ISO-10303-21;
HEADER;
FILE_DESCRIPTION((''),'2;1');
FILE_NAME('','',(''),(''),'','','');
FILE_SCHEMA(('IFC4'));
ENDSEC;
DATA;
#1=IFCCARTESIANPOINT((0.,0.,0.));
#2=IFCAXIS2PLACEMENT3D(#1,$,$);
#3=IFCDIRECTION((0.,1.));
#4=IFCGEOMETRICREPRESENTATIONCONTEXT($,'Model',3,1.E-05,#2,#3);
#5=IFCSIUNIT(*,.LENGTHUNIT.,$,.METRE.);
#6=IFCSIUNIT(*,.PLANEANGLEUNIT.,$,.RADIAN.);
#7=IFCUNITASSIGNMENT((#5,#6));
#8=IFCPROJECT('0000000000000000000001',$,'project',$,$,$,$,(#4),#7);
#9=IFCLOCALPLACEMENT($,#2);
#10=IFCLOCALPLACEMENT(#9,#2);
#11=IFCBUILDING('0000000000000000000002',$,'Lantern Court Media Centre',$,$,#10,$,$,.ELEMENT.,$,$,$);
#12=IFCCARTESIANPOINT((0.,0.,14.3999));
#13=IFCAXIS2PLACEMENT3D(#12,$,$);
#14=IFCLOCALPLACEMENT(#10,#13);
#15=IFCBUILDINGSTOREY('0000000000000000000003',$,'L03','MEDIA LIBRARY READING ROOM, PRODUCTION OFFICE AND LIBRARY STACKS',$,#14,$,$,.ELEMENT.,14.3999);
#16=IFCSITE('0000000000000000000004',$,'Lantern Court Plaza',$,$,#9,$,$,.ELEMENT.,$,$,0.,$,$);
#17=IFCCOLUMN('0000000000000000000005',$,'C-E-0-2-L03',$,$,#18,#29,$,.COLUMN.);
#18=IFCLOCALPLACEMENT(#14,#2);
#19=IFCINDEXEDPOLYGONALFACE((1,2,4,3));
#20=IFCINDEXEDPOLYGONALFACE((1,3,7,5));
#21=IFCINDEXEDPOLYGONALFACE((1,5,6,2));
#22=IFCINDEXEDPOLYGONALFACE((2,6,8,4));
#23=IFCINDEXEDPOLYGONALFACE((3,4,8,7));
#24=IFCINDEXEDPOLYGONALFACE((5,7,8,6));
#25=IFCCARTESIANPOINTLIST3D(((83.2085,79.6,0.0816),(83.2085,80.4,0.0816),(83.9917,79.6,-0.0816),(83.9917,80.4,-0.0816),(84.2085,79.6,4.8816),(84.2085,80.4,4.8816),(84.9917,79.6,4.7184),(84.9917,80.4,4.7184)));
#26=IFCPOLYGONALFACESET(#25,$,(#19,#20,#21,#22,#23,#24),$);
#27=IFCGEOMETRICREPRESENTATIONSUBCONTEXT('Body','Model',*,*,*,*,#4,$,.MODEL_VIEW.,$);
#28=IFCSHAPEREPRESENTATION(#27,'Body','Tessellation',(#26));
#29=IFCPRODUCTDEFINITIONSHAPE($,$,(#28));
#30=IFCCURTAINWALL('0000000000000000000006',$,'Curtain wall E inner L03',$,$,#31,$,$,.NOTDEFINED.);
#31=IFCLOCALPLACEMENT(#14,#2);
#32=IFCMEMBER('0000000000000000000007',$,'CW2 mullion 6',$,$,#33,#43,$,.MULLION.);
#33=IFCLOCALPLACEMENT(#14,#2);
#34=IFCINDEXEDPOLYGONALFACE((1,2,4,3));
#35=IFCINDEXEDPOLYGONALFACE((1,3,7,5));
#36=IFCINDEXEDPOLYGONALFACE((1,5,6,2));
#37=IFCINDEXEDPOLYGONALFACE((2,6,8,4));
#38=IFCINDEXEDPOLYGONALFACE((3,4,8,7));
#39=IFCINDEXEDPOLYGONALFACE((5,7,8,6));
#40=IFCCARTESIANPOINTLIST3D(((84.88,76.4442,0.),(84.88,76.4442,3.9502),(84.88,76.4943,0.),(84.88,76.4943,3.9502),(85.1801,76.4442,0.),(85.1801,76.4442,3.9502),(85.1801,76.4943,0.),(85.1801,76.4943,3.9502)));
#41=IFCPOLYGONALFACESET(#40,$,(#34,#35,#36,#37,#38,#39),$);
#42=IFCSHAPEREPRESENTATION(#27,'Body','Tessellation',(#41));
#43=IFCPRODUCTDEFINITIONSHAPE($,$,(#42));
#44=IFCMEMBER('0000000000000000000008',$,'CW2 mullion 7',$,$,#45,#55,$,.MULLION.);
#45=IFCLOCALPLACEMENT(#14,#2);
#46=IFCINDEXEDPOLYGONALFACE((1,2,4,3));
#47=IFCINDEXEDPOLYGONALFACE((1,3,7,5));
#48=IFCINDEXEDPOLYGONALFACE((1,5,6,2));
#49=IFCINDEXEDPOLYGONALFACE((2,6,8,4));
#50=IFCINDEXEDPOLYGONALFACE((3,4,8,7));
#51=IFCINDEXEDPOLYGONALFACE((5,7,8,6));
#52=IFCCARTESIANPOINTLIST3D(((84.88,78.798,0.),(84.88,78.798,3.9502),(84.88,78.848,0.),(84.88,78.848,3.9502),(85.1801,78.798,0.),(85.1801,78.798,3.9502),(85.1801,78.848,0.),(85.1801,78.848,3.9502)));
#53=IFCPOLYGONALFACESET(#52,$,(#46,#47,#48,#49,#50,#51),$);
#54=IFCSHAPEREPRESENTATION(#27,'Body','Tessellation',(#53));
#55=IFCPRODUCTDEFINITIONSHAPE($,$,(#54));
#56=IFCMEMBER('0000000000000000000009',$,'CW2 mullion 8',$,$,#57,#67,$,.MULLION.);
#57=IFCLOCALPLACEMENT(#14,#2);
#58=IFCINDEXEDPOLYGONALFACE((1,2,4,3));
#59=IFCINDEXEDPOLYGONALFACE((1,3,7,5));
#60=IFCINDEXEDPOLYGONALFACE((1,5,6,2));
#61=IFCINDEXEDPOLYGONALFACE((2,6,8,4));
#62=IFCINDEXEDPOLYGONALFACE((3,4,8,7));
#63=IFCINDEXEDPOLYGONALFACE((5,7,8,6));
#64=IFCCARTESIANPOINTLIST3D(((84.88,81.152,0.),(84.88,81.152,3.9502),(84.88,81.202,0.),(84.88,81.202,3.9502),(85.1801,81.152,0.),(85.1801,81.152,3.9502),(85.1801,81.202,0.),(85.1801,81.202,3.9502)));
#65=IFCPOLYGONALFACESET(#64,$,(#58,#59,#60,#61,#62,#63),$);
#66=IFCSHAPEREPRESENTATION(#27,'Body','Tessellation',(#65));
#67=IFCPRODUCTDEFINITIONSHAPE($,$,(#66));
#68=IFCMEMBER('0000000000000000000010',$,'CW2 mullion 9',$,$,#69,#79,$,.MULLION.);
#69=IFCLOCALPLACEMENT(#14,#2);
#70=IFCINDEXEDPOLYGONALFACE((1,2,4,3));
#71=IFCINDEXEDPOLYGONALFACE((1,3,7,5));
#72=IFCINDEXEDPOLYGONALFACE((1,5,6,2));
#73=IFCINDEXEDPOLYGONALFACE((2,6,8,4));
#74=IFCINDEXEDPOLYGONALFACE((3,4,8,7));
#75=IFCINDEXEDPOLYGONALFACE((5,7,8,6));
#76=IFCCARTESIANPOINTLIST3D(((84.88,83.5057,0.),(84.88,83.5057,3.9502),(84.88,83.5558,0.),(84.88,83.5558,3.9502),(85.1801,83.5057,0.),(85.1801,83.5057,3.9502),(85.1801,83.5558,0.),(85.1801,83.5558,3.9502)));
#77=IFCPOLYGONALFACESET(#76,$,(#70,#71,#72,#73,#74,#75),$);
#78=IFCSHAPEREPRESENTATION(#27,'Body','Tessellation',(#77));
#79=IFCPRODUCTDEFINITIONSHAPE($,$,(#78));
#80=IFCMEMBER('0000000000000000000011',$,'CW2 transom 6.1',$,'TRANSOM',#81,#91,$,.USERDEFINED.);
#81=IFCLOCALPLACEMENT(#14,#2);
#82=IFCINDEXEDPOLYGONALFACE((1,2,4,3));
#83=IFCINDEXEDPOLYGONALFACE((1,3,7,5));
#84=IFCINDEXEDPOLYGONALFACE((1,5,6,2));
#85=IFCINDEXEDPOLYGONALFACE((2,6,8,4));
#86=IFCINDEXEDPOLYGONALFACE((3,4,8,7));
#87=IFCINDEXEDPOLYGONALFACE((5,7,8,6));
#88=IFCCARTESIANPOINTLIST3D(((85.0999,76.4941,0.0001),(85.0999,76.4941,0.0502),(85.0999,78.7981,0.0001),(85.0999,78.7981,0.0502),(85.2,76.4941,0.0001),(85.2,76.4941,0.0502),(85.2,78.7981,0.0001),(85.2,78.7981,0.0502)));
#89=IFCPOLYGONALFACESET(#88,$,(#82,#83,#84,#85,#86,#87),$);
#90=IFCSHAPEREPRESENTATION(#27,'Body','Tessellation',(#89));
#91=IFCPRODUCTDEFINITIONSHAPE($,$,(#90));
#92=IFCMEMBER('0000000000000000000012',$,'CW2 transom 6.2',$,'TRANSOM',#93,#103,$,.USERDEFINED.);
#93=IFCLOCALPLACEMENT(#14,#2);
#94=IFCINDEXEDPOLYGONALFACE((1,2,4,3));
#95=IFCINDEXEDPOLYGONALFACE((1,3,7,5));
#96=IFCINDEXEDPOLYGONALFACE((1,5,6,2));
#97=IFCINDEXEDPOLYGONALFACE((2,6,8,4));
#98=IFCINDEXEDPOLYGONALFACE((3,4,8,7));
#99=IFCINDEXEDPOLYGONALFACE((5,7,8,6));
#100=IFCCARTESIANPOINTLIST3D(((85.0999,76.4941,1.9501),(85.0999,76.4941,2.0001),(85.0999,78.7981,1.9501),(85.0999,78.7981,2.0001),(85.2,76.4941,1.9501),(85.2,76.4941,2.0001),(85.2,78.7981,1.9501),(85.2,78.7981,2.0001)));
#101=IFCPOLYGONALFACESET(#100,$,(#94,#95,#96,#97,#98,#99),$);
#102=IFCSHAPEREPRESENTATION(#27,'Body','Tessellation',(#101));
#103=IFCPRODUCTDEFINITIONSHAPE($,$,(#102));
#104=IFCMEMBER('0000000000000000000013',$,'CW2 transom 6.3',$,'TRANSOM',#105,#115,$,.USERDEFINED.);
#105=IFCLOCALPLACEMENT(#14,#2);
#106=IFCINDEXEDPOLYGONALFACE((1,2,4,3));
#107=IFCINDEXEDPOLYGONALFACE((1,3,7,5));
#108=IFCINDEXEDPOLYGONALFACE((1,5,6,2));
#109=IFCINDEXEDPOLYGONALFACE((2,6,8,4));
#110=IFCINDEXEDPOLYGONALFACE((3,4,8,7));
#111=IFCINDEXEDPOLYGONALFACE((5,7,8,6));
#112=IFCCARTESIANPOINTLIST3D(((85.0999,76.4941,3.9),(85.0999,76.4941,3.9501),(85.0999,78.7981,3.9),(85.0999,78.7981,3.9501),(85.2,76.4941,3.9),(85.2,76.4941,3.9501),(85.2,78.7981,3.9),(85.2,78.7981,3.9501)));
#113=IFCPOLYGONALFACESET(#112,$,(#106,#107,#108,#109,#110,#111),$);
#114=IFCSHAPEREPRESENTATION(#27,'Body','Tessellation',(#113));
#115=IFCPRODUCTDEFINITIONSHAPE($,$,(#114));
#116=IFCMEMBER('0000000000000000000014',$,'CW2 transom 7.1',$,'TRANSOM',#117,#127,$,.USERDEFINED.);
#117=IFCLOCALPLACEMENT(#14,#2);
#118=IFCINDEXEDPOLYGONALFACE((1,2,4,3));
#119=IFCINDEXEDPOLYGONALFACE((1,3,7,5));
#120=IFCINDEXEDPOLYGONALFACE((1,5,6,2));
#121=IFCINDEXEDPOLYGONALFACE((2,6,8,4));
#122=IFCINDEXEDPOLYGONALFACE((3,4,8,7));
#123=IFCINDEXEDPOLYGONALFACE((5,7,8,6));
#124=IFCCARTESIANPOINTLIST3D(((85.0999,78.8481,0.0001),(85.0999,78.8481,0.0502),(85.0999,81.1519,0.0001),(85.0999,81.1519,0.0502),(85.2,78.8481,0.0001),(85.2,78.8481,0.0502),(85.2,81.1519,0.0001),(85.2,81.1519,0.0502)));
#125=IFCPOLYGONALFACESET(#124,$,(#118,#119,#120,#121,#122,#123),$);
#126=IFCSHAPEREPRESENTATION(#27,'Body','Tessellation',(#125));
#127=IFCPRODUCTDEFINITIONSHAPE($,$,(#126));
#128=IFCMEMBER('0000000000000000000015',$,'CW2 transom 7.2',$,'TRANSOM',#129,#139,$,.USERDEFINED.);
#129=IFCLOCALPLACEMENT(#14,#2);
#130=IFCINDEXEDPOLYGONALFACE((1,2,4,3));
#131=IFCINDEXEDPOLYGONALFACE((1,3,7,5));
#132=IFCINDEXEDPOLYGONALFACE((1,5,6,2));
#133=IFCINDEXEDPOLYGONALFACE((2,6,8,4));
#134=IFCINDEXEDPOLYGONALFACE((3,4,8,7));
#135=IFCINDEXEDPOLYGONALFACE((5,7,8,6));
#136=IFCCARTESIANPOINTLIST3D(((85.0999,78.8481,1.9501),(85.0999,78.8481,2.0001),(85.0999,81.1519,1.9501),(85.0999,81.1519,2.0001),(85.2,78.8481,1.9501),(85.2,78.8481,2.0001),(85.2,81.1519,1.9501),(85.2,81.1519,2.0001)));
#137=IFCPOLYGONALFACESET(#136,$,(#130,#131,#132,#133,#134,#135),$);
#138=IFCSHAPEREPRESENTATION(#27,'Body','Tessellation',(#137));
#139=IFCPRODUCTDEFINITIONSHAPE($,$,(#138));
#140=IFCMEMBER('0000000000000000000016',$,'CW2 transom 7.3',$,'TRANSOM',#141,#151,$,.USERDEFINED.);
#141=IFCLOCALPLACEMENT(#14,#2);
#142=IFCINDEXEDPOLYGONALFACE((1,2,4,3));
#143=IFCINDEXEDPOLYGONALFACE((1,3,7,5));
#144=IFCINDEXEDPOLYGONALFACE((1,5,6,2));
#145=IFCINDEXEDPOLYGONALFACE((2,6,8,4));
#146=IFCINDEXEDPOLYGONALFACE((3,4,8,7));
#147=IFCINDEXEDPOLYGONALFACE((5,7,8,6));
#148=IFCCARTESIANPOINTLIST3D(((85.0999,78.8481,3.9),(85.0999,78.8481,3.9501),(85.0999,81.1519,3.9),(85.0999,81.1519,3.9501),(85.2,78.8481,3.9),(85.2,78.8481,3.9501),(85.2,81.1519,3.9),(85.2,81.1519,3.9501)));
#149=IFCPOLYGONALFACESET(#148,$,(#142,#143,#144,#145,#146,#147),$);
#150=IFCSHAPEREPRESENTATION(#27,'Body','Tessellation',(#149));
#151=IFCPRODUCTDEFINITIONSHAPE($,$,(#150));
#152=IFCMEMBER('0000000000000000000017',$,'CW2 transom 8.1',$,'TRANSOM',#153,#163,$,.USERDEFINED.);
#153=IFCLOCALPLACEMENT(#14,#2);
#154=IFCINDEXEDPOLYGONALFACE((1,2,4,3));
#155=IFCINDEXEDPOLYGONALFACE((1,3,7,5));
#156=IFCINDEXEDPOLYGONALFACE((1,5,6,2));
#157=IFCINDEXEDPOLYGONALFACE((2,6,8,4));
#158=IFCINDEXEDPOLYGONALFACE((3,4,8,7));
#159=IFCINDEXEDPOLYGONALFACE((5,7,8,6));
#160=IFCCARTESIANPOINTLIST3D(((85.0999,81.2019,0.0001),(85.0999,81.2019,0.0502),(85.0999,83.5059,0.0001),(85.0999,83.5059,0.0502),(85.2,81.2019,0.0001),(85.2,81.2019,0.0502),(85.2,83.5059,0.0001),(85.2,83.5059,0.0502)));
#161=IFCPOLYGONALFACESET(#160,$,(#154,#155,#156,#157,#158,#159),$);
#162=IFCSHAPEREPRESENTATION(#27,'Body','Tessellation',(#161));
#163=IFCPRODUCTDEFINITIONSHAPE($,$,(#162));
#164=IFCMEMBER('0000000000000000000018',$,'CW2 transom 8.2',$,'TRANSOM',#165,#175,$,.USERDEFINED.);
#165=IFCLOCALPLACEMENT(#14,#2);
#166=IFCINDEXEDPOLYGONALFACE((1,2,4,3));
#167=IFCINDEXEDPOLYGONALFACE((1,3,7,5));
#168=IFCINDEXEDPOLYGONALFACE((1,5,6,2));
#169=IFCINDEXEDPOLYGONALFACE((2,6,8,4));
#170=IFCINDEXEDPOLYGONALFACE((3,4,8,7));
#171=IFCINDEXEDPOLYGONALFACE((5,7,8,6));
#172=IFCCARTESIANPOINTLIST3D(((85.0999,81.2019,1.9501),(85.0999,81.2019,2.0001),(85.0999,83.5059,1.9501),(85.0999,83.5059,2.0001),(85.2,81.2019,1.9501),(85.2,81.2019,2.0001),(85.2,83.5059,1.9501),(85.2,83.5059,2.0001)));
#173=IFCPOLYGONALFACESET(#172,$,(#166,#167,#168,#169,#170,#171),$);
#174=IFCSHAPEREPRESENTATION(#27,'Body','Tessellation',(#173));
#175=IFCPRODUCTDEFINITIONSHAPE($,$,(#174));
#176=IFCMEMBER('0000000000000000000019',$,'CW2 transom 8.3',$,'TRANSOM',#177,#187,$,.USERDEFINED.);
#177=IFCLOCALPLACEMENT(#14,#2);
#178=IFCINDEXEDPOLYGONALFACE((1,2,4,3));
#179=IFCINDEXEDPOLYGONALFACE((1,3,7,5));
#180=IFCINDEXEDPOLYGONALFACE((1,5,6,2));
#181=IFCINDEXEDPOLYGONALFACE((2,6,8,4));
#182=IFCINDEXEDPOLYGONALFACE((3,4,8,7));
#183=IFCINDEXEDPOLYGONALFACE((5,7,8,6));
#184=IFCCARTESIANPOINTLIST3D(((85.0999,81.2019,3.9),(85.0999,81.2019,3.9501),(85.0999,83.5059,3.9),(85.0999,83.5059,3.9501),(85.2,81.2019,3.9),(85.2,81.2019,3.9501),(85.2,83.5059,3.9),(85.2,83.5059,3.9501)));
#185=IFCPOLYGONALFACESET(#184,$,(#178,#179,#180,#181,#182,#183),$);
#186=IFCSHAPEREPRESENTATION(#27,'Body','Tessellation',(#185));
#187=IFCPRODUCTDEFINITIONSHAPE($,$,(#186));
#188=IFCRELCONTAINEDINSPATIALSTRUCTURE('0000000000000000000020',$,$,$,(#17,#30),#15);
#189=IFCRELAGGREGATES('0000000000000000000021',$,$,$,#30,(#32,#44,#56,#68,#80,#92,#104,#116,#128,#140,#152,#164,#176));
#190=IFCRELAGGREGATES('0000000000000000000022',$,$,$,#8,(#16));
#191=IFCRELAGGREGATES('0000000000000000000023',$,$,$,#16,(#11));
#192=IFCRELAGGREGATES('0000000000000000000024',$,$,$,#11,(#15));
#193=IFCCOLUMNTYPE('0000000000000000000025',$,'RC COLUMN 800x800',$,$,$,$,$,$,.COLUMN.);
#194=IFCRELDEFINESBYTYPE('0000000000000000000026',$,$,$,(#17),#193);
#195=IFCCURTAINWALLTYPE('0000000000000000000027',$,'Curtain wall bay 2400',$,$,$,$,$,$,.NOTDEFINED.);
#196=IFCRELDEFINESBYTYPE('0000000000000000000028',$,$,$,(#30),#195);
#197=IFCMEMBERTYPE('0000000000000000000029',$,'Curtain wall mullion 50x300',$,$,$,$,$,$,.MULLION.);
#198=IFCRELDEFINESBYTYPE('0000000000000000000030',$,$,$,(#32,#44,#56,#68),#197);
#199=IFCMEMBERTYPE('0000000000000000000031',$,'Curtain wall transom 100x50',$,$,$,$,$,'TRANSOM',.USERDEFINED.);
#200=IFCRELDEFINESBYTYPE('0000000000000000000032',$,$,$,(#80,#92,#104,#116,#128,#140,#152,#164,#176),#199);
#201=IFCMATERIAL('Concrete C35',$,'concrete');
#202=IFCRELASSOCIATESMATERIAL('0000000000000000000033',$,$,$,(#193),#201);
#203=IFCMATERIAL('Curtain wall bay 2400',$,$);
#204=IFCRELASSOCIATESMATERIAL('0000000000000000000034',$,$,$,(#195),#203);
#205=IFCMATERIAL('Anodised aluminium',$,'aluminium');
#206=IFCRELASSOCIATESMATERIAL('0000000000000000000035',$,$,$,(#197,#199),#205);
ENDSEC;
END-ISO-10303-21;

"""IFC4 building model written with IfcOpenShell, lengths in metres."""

from ifc_helpers import new_model, si_unit, direction, frame, origin, origin_2d, place, context, subcontext, project, spatial, rectangle, extrude, material, material_profile, profile_set, type_object, element, aggregate, save


model = new_model("IFC4")

# Units and contexts
model_context = context("Model", 3, precision=1e-05, world=origin(), true_north=direction((0.0, 1.0)))
body_context = subcontext(model_context, "Body", "Model", "MODEL_VIEW")
ifc_project = project(units=[si_unit("LENGTHUNIT", "METRE"), si_unit("PLANEANGLEUNIT", "RADIAN")], contexts=[model_context])

# Site, building, storey
site_placement = place(None, origin())
site = spatial("IfcSite", under=ifc_project, at=site_placement, Name="Lantern Court Plaza", CompositionType="ELEMENT", RefElevation=0.0)
building_placement = place(site_placement, origin())
building = spatial("IfcBuilding", under=site, at=building_placement, Name="Lantern Court Media Centre", CompositionType="ELEMENT")
storey_placement = place(building_placement, frame((0.0, 0.0, 14.3999)))
storey = spatial("IfcBuildingStorey", under=building, at=storey_placement, Name="L03", Description="MEDIA LIBRARY READING ROOM, PRODUCTION OFFICE AND LIBRARY STACKS", CompositionType="ELEMENT", Elevation=14.3999)

# Column
ifc_material_1 = material(Name="Concrete C35", Category="concrete")
ifc_material_profile_1 = material_profile(ifc_material_1, rectangle(XDim=0.8, YDim=0.8, at=origin_2d()), Name="RC 800x800")
ifc_profile_set_1 = profile_set([ifc_material_profile_1], Name="Concrete C35")
column_type = type_object("IfcColumnType", Name="RC COLUMN 800x800", PredefinedType="COLUMN", material=ifc_profile_set_1)
column_placement = place(storey_placement, frame((83.6001, 80.0, 0.0), z_axis=(0.203952, 0.0, 0.978981), x_axis=(0.0, 1.0, 0.0)))
element("IfcColumn", 1, at=column_placement, inside=storey, type_object=column_type, Name="C-E-0-2-L03", PredefinedType="COLUMN", context=body_context, shape_type="SweptSolid", body=[
    extrude(rectangle(XDim=0.8, YDim=0.8, at=origin_2d()), origin(), (0.0, 0.0, 1.0), 4.9031),
])

# Curtain wall, members
ifc_material_2 = material(Name="Curtain wall bay 2400")
curtain_wall_type = type_object("IfcCurtainWallType", Name="Curtain wall bay 2400", PredefinedType="NOTDEFINED", material=ifc_material_2)
curtain_wall_placement = place(storey_placement, origin())
curtain_wall = element("IfcCurtainWall", 2, at=curtain_wall_placement, inside=storey, type_object=curtain_wall_type, Name="Curtain wall E inner L03", PredefinedType="NOTDEFINED")
ifc_material_3 = material(Name="Anodised aluminium", Category="aluminium")
ifc_material_profile_2 = material_profile(ifc_material_3, rectangle(XDim=0.3, YDim=0.05, at=origin_2d()), Name="AL 50x300")
ifc_profile_set_2 = profile_set([ifc_material_profile_2], Name="Anodised aluminium")
member_type_1 = type_object("IfcMemberType", Name="Curtain wall mullion 50x300", PredefinedType="MULLION", material=ifc_profile_set_2)
member_1_placement = place(storey_placement, frame((85.03, 76.4692, 0.0), z_axis=(0.0, 0.0, 1.0), x_axis=(-1.0, 0.0, 0.0)))
member_1 = element("IfcMember", 3, at=member_1_placement, type_object=member_type_1, Name="CW2 mullion 6", PredefinedType="MULLION", context=body_context, shape_type="SweptSolid", body=[
    extrude(rectangle(XDim=0.3, YDim=0.05, at=origin_2d()), origin(), (0.0, 0.0, 1.0), 3.9502),
])
member_2_placement = place(storey_placement, frame((85.03, 78.823, 0.0), z_axis=(0.0, 0.0, 1.0), x_axis=(-1.0, 0.0, 0.0)))
member_2 = element("IfcMember", 4, at=member_2_placement, type_object=member_type_1, Name="CW2 mullion 7", PredefinedType="MULLION", context=body_context, shape_type="SweptSolid", body=[
    extrude(rectangle(XDim=0.3, YDim=0.05, at=origin_2d()), origin(), (0.0, 0.0, 1.0), 3.9502),
])
member_3_placement = place(storey_placement, frame((85.03, 81.177, 0.0), z_axis=(0.0, 0.0, 1.0), x_axis=(-1.0, 0.0, 0.0)))
member_3 = element("IfcMember", 5, at=member_3_placement, type_object=member_type_1, Name="CW2 mullion 8", PredefinedType="MULLION", context=body_context, shape_type="SweptSolid", body=[
    extrude(rectangle(XDim=0.3, YDim=0.05, at=origin_2d()), origin(), (0.0, 0.0, 1.0), 3.9502),
])
member_4_placement = place(storey_placement, frame((85.03, 83.5308, 0.0), z_axis=(0.0, 0.0, 1.0), x_axis=(-1.0, 0.0, 0.0)))
member_4 = element("IfcMember", 6, at=member_4_placement, type_object=member_type_1, Name="CW2 mullion 9", PredefinedType="MULLION", context=body_context, shape_type="SweptSolid", body=[
    extrude(rectangle(XDim=0.3, YDim=0.05, at=origin_2d()), origin(), (0.0, 0.0, 1.0), 3.9502),
])
ifc_material_profile_3 = material_profile(ifc_material_3, rectangle(XDim=0.1001, YDim=0.05, at=origin_2d()), Name="AL 50x100")
ifc_profile_set_3 = profile_set([ifc_material_profile_3], Name="Anodised aluminium")
member_type_2 = type_object("IfcMemberType", Name="Curtain wall transom 100x50", ElementType="TRANSOM", PredefinedType="USERDEFINED", material=ifc_profile_set_3)
member_5_placement = place(storey_placement, frame((85.1499, 76.4941, 0.0251), z_axis=(0.0, 1.0, 0.0), x_axis=(-1.0, 0.0, 0.0)))
member_5 = element("IfcMember", 7, at=member_5_placement, type_object=member_type_2, Name="CW2 transom 6.1", ObjectType="TRANSOM", PredefinedType="USERDEFINED", context=body_context, shape_type="SweptSolid", body=[
    extrude(rectangle(XDim=0.1001, YDim=0.05, at=origin_2d()), origin(), (0.0, 0.0, 1.0), 2.304),
])
member_6_placement = place(storey_placement, frame((85.1499, 76.4941, 1.9751), z_axis=(0.0, 1.0, 0.0), x_axis=(-1.0, 0.0, 0.0)))
member_6 = element("IfcMember", 8, at=member_6_placement, type_object=member_type_2, Name="CW2 transom 6.2", ObjectType="TRANSOM", PredefinedType="USERDEFINED", context=body_context, shape_type="SweptSolid", body=[
    extrude(rectangle(XDim=0.1001, YDim=0.05, at=origin_2d()), origin(), (0.0, 0.0, 1.0), 2.304),
])
member_7_placement = place(storey_placement, frame((85.1499, 76.4941, 3.925), z_axis=(0.0, 1.0, 0.0), x_axis=(-1.0, 0.0, 0.0)))
member_7 = element("IfcMember", 9, at=member_7_placement, type_object=member_type_2, Name="CW2 transom 6.3", ObjectType="TRANSOM", PredefinedType="USERDEFINED", context=body_context, shape_type="SweptSolid", body=[
    extrude(rectangle(XDim=0.1001, YDim=0.05, at=origin_2d()), origin(), (0.0, 0.0, 1.0), 2.304),
])
member_8_placement = place(storey_placement, frame((85.1499, 78.8481, 0.0251), z_axis=(0.0, 1.0, 0.0), x_axis=(-1.0, 0.0, 0.0)))
member_8 = element("IfcMember", 10, at=member_8_placement, type_object=member_type_2, Name="CW2 transom 7.1", ObjectType="TRANSOM", PredefinedType="USERDEFINED", context=body_context, shape_type="SweptSolid", body=[
    extrude(rectangle(XDim=0.1001, YDim=0.05, at=origin_2d()), origin(), (0.0, 0.0, 1.0), 2.3037),
])
member_9_placement = place(storey_placement, frame((85.1499, 78.8481, 1.9751), z_axis=(0.0, 1.0, 0.0), x_axis=(-1.0, 0.0, 0.0)))
member_9 = element("IfcMember", 11, at=member_9_placement, type_object=member_type_2, Name="CW2 transom 7.2", ObjectType="TRANSOM", PredefinedType="USERDEFINED", context=body_context, shape_type="SweptSolid", body=[
    extrude(rectangle(XDim=0.1001, YDim=0.05, at=origin_2d()), origin(), (0.0, 0.0, 1.0), 2.3037),
])
member_10_placement = place(storey_placement, frame((85.1499, 78.8481, 3.925), z_axis=(0.0, 1.0, 0.0), x_axis=(-1.0, 0.0, 0.0)))
member_10 = element("IfcMember", 12, at=member_10_placement, type_object=member_type_2, Name="CW2 transom 7.3", ObjectType="TRANSOM", PredefinedType="USERDEFINED", context=body_context, shape_type="SweptSolid", body=[
    extrude(rectangle(XDim=0.1001, YDim=0.05, at=origin_2d()), origin(), (0.0, 0.0, 1.0), 2.3037),
])
member_11_placement = place(storey_placement, frame((85.1499, 81.2019, 0.0251), z_axis=(0.0, 1.0, 0.0), x_axis=(-1.0, 0.0, 0.0)))
member_11 = element("IfcMember", 13, at=member_11_placement, type_object=member_type_2, Name="CW2 transom 8.1", ObjectType="TRANSOM", PredefinedType="USERDEFINED", context=body_context, shape_type="SweptSolid", body=[
    extrude(rectangle(XDim=0.1001, YDim=0.05, at=origin_2d()), origin(), (0.0, 0.0, 1.0), 2.304),
])
member_12_placement = place(storey_placement, frame((85.1499, 81.2019, 1.9751), z_axis=(0.0, 1.0, 0.0), x_axis=(-1.0, 0.0, 0.0)))
member_12 = element("IfcMember", 14, at=member_12_placement, type_object=member_type_2, Name="CW2 transom 8.2", ObjectType="TRANSOM", PredefinedType="USERDEFINED", context=body_context, shape_type="SweptSolid", body=[
    extrude(rectangle(XDim=0.1001, YDim=0.05, at=origin_2d()), origin(), (0.0, 0.0, 1.0), 2.304),
])
member_13_placement = place(storey_placement, frame((85.1499, 81.2019, 3.925), z_axis=(0.0, 1.0, 0.0), x_axis=(-1.0, 0.0, 0.0)))
member_13 = element("IfcMember", 15, at=member_13_placement, type_object=member_type_2, Name="CW2 transom 8.3", ObjectType="TRANSOM", PredefinedType="USERDEFINED", context=body_context, shape_type="SweptSolid", body=[
    extrude(rectangle(XDim=0.1001, YDim=0.05, at=origin_2d()), origin(), (0.0, 0.0, 1.0), 2.304),
])

aggregate(curtain_wall, [member_1, member_2, member_3, member_4, member_5, member_6, member_7, member_8, member_9, member_10, member_11, member_12, member_13])

save(model, "model.ifc")
